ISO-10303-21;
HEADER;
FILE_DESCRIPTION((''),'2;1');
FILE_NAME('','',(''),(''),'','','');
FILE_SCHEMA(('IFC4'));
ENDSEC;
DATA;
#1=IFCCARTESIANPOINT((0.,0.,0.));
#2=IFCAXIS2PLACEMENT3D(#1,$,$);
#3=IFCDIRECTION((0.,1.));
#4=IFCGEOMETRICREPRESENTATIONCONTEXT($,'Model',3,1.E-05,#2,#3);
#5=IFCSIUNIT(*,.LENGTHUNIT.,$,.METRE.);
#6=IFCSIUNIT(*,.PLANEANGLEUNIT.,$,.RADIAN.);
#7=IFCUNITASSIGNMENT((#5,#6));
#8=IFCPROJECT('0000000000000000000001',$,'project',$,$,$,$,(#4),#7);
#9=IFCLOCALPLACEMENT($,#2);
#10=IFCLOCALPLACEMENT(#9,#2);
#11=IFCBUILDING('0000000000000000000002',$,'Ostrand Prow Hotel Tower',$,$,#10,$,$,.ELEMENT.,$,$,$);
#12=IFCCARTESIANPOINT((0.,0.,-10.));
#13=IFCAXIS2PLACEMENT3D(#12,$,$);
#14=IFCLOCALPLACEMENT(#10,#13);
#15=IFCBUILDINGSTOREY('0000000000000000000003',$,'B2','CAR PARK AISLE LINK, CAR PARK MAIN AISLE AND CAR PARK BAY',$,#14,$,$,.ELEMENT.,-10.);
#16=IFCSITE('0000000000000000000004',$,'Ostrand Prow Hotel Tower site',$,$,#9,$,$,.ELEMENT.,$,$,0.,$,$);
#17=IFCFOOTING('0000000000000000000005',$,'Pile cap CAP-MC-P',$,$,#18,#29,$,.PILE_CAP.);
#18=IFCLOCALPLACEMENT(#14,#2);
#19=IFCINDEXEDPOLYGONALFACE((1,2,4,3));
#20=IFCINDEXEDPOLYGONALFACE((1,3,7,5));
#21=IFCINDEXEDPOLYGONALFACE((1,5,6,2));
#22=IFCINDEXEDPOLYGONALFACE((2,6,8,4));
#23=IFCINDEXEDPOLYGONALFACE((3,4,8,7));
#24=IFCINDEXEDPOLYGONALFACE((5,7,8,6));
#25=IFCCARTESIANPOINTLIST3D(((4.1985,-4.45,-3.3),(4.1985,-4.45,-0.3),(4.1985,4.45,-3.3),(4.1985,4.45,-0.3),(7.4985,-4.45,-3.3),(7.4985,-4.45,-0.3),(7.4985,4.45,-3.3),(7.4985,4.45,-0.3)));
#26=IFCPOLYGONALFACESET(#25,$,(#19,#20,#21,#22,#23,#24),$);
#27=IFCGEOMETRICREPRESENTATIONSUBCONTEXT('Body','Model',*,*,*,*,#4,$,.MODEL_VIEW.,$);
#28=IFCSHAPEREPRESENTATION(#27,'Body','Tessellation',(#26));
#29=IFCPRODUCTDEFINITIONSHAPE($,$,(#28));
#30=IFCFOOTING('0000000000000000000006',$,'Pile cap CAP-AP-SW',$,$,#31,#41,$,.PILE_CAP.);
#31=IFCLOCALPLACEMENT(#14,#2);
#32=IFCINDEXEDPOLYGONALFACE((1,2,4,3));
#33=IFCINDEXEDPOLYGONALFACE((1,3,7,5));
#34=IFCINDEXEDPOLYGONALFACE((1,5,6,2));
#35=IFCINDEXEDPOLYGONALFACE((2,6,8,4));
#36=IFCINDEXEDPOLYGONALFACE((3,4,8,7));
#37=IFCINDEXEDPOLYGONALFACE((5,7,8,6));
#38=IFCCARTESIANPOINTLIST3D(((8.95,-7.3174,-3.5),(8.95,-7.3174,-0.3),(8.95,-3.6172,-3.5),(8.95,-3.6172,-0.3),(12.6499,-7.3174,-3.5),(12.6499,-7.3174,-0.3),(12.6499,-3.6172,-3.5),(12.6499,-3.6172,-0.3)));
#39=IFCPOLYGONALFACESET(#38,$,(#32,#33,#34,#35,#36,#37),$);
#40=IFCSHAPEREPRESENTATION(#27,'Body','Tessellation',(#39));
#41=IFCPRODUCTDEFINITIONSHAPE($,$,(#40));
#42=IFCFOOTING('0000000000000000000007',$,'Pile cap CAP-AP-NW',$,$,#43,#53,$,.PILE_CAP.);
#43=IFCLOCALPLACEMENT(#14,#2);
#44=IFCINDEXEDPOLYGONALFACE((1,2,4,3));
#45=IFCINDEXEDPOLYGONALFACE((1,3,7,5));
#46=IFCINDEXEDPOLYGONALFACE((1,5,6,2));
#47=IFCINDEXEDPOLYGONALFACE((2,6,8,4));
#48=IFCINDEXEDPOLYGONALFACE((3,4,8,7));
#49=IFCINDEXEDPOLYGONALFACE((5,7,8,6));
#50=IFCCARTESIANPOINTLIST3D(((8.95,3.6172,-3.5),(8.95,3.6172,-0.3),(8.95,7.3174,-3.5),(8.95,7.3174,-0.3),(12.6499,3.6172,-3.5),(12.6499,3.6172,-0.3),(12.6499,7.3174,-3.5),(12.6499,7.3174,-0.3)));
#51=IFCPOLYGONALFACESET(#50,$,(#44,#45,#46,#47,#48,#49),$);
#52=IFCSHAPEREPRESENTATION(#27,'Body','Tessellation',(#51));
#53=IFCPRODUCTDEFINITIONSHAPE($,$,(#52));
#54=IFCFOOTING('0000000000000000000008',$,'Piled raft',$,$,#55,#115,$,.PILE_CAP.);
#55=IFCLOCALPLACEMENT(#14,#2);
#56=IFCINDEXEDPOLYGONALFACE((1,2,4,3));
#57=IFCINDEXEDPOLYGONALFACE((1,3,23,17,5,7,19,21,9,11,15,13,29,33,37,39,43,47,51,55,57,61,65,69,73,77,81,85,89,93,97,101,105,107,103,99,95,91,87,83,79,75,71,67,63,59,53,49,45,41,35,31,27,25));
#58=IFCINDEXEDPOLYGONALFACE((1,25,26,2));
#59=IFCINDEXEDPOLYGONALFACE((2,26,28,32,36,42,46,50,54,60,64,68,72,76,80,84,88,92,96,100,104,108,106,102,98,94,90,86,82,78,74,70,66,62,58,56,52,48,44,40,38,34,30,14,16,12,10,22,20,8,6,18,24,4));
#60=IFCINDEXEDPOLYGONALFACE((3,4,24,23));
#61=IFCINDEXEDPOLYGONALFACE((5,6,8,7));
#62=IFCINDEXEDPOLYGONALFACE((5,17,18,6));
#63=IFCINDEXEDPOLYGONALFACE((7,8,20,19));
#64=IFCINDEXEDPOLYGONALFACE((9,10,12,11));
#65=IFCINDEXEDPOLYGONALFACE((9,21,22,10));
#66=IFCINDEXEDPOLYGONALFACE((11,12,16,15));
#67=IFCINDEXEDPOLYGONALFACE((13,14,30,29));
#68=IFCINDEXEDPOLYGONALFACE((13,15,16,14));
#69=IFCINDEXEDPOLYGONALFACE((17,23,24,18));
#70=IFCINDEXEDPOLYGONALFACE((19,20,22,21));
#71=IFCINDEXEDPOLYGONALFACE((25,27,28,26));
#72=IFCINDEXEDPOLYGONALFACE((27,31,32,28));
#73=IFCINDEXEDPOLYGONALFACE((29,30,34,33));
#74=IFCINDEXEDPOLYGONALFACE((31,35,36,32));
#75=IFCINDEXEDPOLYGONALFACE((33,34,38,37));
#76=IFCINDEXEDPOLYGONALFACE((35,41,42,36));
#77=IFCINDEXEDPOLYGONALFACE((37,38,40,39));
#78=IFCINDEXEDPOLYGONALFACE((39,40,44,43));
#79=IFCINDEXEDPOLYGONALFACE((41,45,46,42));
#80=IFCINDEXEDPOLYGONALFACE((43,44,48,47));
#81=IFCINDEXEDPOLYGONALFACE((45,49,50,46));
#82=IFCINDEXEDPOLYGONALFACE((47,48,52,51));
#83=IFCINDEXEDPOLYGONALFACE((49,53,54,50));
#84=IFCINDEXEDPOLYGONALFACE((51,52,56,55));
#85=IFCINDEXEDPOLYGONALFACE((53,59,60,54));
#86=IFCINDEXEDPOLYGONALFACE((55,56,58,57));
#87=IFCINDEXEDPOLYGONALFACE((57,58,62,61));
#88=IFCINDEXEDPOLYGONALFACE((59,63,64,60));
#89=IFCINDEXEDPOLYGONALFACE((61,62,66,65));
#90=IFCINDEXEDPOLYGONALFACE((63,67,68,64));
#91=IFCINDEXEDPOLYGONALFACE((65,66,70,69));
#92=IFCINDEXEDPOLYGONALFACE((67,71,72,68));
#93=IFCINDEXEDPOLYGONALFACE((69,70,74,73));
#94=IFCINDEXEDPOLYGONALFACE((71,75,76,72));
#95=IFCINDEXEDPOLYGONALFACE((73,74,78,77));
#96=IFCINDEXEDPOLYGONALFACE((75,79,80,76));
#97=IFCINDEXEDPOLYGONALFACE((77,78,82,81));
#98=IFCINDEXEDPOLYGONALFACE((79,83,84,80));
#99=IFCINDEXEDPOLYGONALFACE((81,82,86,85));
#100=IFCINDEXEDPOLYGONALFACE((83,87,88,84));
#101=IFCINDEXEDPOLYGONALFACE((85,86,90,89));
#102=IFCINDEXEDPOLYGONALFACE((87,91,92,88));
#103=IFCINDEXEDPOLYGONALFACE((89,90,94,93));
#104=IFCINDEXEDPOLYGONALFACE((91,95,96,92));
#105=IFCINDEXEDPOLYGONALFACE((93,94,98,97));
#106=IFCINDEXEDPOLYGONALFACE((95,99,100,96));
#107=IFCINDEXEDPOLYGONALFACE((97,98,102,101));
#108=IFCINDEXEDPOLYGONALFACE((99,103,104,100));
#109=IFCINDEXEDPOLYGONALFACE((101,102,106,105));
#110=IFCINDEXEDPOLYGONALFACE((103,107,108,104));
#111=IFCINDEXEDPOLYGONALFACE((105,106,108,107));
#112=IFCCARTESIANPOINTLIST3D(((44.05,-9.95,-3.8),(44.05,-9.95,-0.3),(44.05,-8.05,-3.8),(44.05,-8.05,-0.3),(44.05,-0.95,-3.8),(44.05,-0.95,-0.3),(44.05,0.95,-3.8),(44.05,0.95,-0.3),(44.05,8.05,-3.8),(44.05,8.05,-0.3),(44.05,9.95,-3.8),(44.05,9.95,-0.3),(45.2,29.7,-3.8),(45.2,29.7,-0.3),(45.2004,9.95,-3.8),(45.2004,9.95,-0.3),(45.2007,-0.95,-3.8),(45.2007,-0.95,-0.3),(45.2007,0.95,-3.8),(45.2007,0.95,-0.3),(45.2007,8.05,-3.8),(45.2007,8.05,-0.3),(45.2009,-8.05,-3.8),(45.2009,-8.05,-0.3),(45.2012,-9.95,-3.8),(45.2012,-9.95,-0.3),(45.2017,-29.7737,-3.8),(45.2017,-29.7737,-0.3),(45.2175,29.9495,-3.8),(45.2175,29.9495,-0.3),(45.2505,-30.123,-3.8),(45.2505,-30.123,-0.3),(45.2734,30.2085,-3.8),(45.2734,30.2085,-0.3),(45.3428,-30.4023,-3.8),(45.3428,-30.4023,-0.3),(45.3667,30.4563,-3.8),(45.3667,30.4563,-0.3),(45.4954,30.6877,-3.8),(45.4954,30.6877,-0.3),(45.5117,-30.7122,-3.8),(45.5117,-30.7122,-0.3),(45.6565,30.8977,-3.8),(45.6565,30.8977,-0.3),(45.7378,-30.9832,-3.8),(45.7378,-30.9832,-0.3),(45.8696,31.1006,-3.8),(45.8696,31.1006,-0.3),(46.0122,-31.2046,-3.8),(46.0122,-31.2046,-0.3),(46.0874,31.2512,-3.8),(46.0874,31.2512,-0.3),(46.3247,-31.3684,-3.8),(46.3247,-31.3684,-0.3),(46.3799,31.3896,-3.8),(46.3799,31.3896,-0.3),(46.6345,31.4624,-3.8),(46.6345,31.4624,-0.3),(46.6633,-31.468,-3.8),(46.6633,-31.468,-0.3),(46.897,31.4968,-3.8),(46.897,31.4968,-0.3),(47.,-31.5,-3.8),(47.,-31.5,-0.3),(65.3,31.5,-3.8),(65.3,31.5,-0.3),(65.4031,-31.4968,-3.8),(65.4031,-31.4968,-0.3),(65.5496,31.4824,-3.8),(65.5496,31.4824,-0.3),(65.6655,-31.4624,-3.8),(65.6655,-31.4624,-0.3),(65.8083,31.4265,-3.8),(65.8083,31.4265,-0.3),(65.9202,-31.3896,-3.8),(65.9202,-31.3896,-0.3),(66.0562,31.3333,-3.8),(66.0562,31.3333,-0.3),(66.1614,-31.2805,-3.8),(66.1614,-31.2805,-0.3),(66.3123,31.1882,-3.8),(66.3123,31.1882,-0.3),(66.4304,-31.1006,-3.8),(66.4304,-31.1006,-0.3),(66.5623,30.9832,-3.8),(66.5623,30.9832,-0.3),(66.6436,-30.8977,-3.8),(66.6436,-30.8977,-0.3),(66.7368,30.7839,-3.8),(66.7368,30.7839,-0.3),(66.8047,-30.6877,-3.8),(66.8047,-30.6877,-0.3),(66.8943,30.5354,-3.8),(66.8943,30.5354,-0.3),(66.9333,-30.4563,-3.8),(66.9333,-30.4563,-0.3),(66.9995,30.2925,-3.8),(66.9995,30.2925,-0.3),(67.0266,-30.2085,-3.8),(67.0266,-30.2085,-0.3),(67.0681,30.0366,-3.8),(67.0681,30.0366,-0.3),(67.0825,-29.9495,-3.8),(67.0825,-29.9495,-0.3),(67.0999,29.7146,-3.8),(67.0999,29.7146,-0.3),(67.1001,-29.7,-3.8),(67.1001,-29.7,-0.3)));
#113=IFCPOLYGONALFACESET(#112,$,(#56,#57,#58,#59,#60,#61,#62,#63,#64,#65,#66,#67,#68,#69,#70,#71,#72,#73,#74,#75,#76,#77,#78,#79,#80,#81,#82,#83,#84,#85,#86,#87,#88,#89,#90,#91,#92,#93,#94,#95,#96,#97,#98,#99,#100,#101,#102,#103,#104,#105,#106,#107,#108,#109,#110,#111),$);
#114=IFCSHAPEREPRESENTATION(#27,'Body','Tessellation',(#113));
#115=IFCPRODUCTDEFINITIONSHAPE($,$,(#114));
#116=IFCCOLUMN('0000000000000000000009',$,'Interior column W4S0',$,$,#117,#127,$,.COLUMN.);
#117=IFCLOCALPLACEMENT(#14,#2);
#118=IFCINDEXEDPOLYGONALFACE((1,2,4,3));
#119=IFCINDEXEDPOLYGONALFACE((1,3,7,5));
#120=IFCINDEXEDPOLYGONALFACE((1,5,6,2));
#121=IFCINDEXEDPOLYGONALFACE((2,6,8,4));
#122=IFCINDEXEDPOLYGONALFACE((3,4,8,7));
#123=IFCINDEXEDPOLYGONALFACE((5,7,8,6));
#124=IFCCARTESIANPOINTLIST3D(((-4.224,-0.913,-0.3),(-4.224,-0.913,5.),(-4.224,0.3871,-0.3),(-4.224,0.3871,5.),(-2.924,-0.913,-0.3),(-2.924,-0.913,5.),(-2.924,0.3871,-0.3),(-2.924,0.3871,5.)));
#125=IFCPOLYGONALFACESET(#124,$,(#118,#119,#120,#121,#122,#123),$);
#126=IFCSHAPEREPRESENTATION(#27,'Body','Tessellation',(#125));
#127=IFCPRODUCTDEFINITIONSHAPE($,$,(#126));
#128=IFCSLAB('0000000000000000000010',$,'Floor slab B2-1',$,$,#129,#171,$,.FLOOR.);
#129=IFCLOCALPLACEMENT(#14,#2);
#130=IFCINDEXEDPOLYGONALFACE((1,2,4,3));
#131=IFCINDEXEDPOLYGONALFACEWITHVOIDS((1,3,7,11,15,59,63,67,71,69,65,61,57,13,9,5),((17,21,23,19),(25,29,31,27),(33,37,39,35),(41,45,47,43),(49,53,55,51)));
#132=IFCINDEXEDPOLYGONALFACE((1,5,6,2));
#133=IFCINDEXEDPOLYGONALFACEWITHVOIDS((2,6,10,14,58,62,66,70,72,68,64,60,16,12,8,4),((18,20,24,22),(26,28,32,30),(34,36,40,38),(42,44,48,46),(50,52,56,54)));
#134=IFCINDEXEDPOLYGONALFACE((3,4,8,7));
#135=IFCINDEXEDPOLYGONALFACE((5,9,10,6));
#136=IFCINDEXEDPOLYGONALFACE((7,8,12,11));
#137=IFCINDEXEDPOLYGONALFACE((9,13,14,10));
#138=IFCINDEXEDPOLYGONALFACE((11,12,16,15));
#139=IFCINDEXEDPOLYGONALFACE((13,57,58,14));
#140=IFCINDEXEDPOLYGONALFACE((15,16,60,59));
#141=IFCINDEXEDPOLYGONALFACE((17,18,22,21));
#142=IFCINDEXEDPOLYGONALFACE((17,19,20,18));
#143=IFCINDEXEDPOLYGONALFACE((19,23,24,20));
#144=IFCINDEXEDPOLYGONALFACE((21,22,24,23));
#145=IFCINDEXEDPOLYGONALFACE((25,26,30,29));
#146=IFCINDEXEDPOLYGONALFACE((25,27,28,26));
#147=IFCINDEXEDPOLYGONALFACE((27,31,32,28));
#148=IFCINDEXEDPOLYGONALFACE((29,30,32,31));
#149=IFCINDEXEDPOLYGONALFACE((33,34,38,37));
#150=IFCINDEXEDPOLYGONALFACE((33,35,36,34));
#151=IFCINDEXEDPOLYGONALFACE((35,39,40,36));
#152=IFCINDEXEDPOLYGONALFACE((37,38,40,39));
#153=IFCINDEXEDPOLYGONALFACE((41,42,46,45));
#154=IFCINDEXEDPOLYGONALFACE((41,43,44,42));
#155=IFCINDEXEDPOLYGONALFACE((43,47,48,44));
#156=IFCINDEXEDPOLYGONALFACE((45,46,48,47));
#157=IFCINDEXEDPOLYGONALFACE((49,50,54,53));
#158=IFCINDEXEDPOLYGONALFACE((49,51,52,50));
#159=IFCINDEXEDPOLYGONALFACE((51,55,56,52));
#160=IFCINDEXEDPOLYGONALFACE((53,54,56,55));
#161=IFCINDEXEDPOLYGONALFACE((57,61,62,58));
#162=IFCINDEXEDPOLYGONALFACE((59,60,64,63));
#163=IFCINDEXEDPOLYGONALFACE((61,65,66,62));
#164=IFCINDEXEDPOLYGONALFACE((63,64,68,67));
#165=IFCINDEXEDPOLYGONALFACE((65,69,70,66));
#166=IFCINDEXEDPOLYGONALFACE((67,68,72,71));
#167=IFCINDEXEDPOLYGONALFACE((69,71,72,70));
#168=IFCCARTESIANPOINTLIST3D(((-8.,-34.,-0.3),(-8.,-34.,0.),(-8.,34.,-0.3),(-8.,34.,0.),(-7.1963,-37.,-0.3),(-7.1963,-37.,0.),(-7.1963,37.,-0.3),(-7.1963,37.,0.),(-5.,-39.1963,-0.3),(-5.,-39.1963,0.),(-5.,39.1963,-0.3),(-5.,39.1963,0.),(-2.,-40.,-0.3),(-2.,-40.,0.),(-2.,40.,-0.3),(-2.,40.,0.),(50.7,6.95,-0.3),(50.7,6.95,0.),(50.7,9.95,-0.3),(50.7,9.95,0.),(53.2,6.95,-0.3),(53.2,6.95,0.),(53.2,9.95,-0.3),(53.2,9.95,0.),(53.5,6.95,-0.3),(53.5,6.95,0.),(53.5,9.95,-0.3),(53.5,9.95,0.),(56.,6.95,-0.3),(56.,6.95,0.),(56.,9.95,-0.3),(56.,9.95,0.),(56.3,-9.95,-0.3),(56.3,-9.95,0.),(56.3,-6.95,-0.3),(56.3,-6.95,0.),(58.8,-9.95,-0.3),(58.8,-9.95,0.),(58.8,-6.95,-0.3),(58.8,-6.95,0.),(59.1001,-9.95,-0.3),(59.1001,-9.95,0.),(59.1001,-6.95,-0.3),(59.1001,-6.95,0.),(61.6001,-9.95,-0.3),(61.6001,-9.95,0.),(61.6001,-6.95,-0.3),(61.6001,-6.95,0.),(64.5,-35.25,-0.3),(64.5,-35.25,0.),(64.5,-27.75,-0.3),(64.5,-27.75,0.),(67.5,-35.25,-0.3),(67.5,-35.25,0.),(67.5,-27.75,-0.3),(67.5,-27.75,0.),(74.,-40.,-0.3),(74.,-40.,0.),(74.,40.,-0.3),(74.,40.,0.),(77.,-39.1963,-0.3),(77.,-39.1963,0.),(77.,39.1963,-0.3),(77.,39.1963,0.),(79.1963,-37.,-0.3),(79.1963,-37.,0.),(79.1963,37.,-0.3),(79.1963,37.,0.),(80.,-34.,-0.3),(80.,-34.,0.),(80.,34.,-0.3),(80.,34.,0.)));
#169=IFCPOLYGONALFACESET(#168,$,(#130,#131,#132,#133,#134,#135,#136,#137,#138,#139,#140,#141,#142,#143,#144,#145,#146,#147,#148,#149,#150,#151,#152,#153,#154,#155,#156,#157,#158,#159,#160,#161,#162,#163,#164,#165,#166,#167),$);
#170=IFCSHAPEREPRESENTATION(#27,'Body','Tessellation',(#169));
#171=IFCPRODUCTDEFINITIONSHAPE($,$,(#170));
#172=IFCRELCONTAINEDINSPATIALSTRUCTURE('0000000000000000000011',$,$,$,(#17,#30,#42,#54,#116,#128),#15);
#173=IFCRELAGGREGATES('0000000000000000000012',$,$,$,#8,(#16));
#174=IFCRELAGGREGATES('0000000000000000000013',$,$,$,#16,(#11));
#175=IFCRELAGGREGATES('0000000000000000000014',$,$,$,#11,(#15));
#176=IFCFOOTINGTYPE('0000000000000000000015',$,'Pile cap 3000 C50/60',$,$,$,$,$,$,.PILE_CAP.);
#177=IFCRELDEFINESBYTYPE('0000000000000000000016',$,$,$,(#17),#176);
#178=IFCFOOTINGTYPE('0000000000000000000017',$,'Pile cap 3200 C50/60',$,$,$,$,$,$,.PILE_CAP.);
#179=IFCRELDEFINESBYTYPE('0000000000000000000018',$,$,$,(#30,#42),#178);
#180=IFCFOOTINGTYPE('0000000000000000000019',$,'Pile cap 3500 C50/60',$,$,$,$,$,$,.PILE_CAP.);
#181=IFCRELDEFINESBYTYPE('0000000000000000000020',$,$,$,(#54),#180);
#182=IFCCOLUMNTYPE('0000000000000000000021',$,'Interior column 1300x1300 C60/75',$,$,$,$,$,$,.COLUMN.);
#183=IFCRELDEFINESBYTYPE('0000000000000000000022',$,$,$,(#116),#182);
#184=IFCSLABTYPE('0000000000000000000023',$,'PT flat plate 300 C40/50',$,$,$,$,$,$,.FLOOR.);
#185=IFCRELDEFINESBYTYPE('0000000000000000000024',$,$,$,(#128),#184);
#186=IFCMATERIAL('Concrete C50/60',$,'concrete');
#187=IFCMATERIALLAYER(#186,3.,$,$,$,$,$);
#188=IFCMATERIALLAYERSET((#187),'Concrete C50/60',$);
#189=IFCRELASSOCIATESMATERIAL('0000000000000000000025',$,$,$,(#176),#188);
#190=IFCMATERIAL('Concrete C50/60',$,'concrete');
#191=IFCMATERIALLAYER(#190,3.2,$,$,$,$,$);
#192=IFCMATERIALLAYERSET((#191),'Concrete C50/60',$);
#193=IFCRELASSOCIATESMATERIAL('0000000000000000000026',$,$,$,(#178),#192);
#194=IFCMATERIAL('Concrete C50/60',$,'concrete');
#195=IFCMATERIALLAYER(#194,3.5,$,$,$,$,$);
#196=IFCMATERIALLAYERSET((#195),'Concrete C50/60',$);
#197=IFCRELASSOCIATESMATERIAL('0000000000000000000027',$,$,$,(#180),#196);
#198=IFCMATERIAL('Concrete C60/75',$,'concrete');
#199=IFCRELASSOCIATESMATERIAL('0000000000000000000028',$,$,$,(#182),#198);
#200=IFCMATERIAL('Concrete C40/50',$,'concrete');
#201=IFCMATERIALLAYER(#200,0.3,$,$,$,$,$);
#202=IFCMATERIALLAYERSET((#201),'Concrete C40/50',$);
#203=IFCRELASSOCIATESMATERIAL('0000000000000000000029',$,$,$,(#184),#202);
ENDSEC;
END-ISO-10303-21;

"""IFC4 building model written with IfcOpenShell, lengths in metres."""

from ifc_helpers import new_model, si_unit, direction, frame, origin, origin_2d, place, context, subcontext, project, spatial, polyline, rectangle, outline, extrude, material, layer, layer_set, material_profile, profile_set, type_object, element, save


model = new_model("IFC4")

# Units and contexts
model_context = context("Model", 3, precision=1e-05, world=origin(), true_north=direction((0.0, 1.0)))
body_context = subcontext(model_context, "Body", "Model", "MODEL_VIEW")
ifc_project = project(units=[si_unit("LENGTHUNIT", "METRE"), si_unit("PLANEANGLEUNIT", "RADIAN")], contexts=[model_context])

# Site, building, storey
site_placement = place(None, origin())
site = spatial("IfcSite", under=ifc_project, at=site_placement, Name="Ostrand Prow Hotel Tower site", CompositionType="ELEMENT", RefElevation=0.0)
building_placement = place(site_placement, origin())
building = spatial("IfcBuilding", under=site, at=building_placement, Name="Ostrand Prow Hotel Tower", CompositionType="ELEMENT")
storey_placement = place(building_placement, frame((0.0, 0.0, -10.0)))
storey = spatial("IfcBuildingStorey", under=building, at=storey_placement, Name="B2", Description="CAR PARK AISLE LINK, CAR PARK MAIN AISLE AND CAR PARK BAY", CompositionType="ELEMENT", Elevation=-10.0)

# Footings
ifc_material_1 = material(Name="Concrete C50/60", Category="concrete")
ifc_layer_1 = layer(ifc_material_1, 3.0)
ifc_layer_set_1 = layer_set([ifc_layer_1], Name="Concrete C50/60")
footing_type_1 = type_object("IfcFootingType", Name="Pile cap 3000 C50/60", PredefinedType="PILE_CAP", material=ifc_layer_set_1)
footing_1_placement = place(storey_placement, frame((0.0, 0.0, -3.3)))
element("IfcFooting", 1, at=footing_1_placement, inside=storey, type_object=footing_type_1, Name="Pile cap CAP-MC-P", PredefinedType="PILE_CAP", context=body_context, shape_type="SweptSolid", body=[
    extrude(outline(polyline([(7.4985, -4.45), (7.4985, 4.45), (4.1985, 4.45), (4.1985, -4.45), (7.4985, -4.45)])), origin(), (0.0, 0.0, 1.0), 3.0),
])
ifc_material_2 = material(Name="Concrete C50/60", Category="concrete")
ifc_layer_2 = layer(ifc_material_2, 3.2)
ifc_layer_set_2 = layer_set([ifc_layer_2], Name="Concrete C50/60")
footing_type_2 = type_object("IfcFootingType", Name="Pile cap 3200 C50/60", PredefinedType="PILE_CAP", material=ifc_layer_set_2)
footing_2_placement = place(storey_placement, frame((0.0, 0.0, -3.5)))
element("IfcFooting", 2, at=footing_2_placement, inside=storey, type_object=footing_type_2, Name="Pile cap CAP-AP-SW", PredefinedType="PILE_CAP", context=body_context, shape_type="SweptSolid", body=[
    extrude(outline(polyline([(12.6499, -7.3174), (12.6499, -3.6172), (8.95, -3.6172), (8.95, -7.3174), (12.6499, -7.3174)])), origin(), (0.0, 0.0, 1.0), 3.2),
])
footing_3_placement = place(storey_placement, frame((0.0, 0.0, -3.5)))
element("IfcFooting", 3, at=footing_3_placement, inside=storey, type_object=footing_type_2, Name="Pile cap CAP-AP-NW", PredefinedType="PILE_CAP", context=body_context, shape_type="SweptSolid", body=[
    extrude(outline(polyline([(12.6499, 3.6172), (12.6499, 7.3174), (8.95, 7.3174), (8.95, 3.6172), (12.6499, 3.6172)])), origin(), (0.0, 0.0, 1.0), 3.2),
])
ifc_material_3 = material(Name="Concrete C50/60", Category="concrete")
ifc_layer_3 = layer(ifc_material_3, 3.5)
ifc_layer_set_3 = layer_set([ifc_layer_3], Name="Concrete C50/60")
footing_type_3 = type_object("IfcFootingType", Name="Pile cap 3500 C50/60", PredefinedType="PILE_CAP", material=ifc_layer_set_3)
footing_4_placement = place(storey_placement, frame((0.0, 0.0, -3.8)))
element("IfcFooting", 4, at=footing_4_placement, inside=storey, type_object=footing_type_3, Name="Piled raft", PredefinedType="PILE_CAP", context=body_context, shape_type="SweptSolid", body=[
    extrude(outline(polyline([(44.05, 0.95), (45.2007, 0.95), (45.2007, 8.05), (44.05, 8.05), (44.05, 9.95), (45.2004, 9.95), (45.2, 29.7), (45.2175, 29.9495), (45.2734, 30.2085), (45.3667, 30.4563), (45.4954, 30.6877), (45.6565, 30.8977), (45.8696, 31.1006), (46.0874, 31.2512), (46.3799, 31.3896), (46.6345, 31.4624), (46.897, 31.4968), (65.3, 31.5), (65.5496, 31.4824), (65.8083, 31.4265), (66.0562, 31.3333), (66.3123, 31.1882), (66.5623, 30.9832), (66.7368, 30.7839), (66.8943, 30.5354), (66.9995, 30.2925), (67.0681, 30.0366), (67.0999, 29.7146), (67.1001, -29.7), (67.0825, -29.9495), (67.0266, -30.2085), (66.9333, -30.4563), (66.8047, -30.6877), (66.6436, -30.8977), (66.4304, -31.1006), (66.1614, -31.2805), (65.9202, -31.3896), (65.6655, -31.4624), (65.4031, -31.4968), (47.0, -31.5), (46.6633, -31.468), (46.3247, -31.3684), (46.0122, -31.2046), (45.7378, -30.9832), (45.5117, -30.7122), (45.3428, -30.4023), (45.2505, -30.123), (45.2017, -29.7737), (45.2012, -9.95), (44.05, -9.95), (44.05, -8.05), (45.2009, -8.05), (45.2007, -0.95), (44.05, -0.95), (44.05, 0.95)])), origin(), (0.0, 0.0, 1.0), 3.5),
])

# Column
ifc_material_4 = material(Name="Concrete C60/75", Category="concrete")
ifc_material_profile = material_profile(ifc_material_4, rectangle(XDim=1.3, YDim=1.3, at=origin_2d()), Name="RC 1300x1300")
ifc_profile_set = profile_set([ifc_material_profile], Name="Concrete C60/75")
column_type = type_object("IfcColumnType", Name="Interior column 1300x1300 C60/75", PredefinedType="COLUMN", material=ifc_profile_set)
column_placement = place(storey_placement, frame((-3.574, -0.2629, -0.3), z_axis=(0.0, 0.0, 1.0), x_axis=(1.0, 0.0, 0.0)))
element("IfcColumn", 5, at=column_placement, inside=storey, type_object=column_type, Name="Interior column W4S0", PredefinedType="COLUMN", context=body_context, shape_type="SweptSolid", body=[
    extrude(rectangle(XDim=1.3, YDim=1.3, at=origin_2d()), origin(), (0.0, 0.0, 1.0), 5.3),
])

# Slab
ifc_material_5 = material(Name="Concrete C40/50", Category="concrete")
ifc_layer_4 = layer(ifc_material_5, 0.3)
ifc_layer_set_4 = layer_set([ifc_layer_4], Name="Concrete C40/50")
slab_type = type_object("IfcSlabType", Name="PT flat plate 300 C40/50", PredefinedType="FLOOR", material=ifc_layer_set_4)
slab_placement = place(storey_placement, frame((0.0, 0.0, -0.3)))
element("IfcSlab", 6, at=slab_placement, inside=storey, type_object=slab_type, Name="Floor slab B2-1", PredefinedType="FLOOR", context=body_context, shape_type="SweptSolid", body=[
    extrude(outline(polyline([(74.0, -40.0), (77.0, -39.1963), (79.1963, -37.0), (80.0, -34.0), (80.0, 34.0), (79.1963, 37.0), (77.0, 39.1963), (74.0, 40.0), (-2.0, 40.0), (-5.0, 39.1963), (-7.1963, 37.0), (-8.0, 34.0), (-8.0, -34.0), (-7.1963, -37.0), (-5.0, -39.1963), (-2.0, -40.0), (74.0, -40.0)]), holes=[polyline([(50.7, 6.95), (53.2, 6.95), (53.2, 9.95), (50.7, 9.95), (50.7, 6.95)]), polyline([(53.5, 6.95), (56.0, 6.95), (56.0, 9.95), (53.5, 9.95), (53.5, 6.95)]), polyline([(56.3, -9.95), (58.8, -9.95), (58.8, -6.95), (56.3, -6.95), (56.3, -9.95)]), polyline([(59.1001, -9.95), (61.6001, -9.95), (61.6001, -6.95), (59.1001, -6.95), (59.1001, -9.95)]), polyline([(64.5, -35.25), (67.5, -35.25), (67.5, -27.75), (64.5, -27.75), (64.5, -35.25)])]), origin(), (0.0, 0.0, 1.0), 0.3),
])

save(model, "model.ifc")
